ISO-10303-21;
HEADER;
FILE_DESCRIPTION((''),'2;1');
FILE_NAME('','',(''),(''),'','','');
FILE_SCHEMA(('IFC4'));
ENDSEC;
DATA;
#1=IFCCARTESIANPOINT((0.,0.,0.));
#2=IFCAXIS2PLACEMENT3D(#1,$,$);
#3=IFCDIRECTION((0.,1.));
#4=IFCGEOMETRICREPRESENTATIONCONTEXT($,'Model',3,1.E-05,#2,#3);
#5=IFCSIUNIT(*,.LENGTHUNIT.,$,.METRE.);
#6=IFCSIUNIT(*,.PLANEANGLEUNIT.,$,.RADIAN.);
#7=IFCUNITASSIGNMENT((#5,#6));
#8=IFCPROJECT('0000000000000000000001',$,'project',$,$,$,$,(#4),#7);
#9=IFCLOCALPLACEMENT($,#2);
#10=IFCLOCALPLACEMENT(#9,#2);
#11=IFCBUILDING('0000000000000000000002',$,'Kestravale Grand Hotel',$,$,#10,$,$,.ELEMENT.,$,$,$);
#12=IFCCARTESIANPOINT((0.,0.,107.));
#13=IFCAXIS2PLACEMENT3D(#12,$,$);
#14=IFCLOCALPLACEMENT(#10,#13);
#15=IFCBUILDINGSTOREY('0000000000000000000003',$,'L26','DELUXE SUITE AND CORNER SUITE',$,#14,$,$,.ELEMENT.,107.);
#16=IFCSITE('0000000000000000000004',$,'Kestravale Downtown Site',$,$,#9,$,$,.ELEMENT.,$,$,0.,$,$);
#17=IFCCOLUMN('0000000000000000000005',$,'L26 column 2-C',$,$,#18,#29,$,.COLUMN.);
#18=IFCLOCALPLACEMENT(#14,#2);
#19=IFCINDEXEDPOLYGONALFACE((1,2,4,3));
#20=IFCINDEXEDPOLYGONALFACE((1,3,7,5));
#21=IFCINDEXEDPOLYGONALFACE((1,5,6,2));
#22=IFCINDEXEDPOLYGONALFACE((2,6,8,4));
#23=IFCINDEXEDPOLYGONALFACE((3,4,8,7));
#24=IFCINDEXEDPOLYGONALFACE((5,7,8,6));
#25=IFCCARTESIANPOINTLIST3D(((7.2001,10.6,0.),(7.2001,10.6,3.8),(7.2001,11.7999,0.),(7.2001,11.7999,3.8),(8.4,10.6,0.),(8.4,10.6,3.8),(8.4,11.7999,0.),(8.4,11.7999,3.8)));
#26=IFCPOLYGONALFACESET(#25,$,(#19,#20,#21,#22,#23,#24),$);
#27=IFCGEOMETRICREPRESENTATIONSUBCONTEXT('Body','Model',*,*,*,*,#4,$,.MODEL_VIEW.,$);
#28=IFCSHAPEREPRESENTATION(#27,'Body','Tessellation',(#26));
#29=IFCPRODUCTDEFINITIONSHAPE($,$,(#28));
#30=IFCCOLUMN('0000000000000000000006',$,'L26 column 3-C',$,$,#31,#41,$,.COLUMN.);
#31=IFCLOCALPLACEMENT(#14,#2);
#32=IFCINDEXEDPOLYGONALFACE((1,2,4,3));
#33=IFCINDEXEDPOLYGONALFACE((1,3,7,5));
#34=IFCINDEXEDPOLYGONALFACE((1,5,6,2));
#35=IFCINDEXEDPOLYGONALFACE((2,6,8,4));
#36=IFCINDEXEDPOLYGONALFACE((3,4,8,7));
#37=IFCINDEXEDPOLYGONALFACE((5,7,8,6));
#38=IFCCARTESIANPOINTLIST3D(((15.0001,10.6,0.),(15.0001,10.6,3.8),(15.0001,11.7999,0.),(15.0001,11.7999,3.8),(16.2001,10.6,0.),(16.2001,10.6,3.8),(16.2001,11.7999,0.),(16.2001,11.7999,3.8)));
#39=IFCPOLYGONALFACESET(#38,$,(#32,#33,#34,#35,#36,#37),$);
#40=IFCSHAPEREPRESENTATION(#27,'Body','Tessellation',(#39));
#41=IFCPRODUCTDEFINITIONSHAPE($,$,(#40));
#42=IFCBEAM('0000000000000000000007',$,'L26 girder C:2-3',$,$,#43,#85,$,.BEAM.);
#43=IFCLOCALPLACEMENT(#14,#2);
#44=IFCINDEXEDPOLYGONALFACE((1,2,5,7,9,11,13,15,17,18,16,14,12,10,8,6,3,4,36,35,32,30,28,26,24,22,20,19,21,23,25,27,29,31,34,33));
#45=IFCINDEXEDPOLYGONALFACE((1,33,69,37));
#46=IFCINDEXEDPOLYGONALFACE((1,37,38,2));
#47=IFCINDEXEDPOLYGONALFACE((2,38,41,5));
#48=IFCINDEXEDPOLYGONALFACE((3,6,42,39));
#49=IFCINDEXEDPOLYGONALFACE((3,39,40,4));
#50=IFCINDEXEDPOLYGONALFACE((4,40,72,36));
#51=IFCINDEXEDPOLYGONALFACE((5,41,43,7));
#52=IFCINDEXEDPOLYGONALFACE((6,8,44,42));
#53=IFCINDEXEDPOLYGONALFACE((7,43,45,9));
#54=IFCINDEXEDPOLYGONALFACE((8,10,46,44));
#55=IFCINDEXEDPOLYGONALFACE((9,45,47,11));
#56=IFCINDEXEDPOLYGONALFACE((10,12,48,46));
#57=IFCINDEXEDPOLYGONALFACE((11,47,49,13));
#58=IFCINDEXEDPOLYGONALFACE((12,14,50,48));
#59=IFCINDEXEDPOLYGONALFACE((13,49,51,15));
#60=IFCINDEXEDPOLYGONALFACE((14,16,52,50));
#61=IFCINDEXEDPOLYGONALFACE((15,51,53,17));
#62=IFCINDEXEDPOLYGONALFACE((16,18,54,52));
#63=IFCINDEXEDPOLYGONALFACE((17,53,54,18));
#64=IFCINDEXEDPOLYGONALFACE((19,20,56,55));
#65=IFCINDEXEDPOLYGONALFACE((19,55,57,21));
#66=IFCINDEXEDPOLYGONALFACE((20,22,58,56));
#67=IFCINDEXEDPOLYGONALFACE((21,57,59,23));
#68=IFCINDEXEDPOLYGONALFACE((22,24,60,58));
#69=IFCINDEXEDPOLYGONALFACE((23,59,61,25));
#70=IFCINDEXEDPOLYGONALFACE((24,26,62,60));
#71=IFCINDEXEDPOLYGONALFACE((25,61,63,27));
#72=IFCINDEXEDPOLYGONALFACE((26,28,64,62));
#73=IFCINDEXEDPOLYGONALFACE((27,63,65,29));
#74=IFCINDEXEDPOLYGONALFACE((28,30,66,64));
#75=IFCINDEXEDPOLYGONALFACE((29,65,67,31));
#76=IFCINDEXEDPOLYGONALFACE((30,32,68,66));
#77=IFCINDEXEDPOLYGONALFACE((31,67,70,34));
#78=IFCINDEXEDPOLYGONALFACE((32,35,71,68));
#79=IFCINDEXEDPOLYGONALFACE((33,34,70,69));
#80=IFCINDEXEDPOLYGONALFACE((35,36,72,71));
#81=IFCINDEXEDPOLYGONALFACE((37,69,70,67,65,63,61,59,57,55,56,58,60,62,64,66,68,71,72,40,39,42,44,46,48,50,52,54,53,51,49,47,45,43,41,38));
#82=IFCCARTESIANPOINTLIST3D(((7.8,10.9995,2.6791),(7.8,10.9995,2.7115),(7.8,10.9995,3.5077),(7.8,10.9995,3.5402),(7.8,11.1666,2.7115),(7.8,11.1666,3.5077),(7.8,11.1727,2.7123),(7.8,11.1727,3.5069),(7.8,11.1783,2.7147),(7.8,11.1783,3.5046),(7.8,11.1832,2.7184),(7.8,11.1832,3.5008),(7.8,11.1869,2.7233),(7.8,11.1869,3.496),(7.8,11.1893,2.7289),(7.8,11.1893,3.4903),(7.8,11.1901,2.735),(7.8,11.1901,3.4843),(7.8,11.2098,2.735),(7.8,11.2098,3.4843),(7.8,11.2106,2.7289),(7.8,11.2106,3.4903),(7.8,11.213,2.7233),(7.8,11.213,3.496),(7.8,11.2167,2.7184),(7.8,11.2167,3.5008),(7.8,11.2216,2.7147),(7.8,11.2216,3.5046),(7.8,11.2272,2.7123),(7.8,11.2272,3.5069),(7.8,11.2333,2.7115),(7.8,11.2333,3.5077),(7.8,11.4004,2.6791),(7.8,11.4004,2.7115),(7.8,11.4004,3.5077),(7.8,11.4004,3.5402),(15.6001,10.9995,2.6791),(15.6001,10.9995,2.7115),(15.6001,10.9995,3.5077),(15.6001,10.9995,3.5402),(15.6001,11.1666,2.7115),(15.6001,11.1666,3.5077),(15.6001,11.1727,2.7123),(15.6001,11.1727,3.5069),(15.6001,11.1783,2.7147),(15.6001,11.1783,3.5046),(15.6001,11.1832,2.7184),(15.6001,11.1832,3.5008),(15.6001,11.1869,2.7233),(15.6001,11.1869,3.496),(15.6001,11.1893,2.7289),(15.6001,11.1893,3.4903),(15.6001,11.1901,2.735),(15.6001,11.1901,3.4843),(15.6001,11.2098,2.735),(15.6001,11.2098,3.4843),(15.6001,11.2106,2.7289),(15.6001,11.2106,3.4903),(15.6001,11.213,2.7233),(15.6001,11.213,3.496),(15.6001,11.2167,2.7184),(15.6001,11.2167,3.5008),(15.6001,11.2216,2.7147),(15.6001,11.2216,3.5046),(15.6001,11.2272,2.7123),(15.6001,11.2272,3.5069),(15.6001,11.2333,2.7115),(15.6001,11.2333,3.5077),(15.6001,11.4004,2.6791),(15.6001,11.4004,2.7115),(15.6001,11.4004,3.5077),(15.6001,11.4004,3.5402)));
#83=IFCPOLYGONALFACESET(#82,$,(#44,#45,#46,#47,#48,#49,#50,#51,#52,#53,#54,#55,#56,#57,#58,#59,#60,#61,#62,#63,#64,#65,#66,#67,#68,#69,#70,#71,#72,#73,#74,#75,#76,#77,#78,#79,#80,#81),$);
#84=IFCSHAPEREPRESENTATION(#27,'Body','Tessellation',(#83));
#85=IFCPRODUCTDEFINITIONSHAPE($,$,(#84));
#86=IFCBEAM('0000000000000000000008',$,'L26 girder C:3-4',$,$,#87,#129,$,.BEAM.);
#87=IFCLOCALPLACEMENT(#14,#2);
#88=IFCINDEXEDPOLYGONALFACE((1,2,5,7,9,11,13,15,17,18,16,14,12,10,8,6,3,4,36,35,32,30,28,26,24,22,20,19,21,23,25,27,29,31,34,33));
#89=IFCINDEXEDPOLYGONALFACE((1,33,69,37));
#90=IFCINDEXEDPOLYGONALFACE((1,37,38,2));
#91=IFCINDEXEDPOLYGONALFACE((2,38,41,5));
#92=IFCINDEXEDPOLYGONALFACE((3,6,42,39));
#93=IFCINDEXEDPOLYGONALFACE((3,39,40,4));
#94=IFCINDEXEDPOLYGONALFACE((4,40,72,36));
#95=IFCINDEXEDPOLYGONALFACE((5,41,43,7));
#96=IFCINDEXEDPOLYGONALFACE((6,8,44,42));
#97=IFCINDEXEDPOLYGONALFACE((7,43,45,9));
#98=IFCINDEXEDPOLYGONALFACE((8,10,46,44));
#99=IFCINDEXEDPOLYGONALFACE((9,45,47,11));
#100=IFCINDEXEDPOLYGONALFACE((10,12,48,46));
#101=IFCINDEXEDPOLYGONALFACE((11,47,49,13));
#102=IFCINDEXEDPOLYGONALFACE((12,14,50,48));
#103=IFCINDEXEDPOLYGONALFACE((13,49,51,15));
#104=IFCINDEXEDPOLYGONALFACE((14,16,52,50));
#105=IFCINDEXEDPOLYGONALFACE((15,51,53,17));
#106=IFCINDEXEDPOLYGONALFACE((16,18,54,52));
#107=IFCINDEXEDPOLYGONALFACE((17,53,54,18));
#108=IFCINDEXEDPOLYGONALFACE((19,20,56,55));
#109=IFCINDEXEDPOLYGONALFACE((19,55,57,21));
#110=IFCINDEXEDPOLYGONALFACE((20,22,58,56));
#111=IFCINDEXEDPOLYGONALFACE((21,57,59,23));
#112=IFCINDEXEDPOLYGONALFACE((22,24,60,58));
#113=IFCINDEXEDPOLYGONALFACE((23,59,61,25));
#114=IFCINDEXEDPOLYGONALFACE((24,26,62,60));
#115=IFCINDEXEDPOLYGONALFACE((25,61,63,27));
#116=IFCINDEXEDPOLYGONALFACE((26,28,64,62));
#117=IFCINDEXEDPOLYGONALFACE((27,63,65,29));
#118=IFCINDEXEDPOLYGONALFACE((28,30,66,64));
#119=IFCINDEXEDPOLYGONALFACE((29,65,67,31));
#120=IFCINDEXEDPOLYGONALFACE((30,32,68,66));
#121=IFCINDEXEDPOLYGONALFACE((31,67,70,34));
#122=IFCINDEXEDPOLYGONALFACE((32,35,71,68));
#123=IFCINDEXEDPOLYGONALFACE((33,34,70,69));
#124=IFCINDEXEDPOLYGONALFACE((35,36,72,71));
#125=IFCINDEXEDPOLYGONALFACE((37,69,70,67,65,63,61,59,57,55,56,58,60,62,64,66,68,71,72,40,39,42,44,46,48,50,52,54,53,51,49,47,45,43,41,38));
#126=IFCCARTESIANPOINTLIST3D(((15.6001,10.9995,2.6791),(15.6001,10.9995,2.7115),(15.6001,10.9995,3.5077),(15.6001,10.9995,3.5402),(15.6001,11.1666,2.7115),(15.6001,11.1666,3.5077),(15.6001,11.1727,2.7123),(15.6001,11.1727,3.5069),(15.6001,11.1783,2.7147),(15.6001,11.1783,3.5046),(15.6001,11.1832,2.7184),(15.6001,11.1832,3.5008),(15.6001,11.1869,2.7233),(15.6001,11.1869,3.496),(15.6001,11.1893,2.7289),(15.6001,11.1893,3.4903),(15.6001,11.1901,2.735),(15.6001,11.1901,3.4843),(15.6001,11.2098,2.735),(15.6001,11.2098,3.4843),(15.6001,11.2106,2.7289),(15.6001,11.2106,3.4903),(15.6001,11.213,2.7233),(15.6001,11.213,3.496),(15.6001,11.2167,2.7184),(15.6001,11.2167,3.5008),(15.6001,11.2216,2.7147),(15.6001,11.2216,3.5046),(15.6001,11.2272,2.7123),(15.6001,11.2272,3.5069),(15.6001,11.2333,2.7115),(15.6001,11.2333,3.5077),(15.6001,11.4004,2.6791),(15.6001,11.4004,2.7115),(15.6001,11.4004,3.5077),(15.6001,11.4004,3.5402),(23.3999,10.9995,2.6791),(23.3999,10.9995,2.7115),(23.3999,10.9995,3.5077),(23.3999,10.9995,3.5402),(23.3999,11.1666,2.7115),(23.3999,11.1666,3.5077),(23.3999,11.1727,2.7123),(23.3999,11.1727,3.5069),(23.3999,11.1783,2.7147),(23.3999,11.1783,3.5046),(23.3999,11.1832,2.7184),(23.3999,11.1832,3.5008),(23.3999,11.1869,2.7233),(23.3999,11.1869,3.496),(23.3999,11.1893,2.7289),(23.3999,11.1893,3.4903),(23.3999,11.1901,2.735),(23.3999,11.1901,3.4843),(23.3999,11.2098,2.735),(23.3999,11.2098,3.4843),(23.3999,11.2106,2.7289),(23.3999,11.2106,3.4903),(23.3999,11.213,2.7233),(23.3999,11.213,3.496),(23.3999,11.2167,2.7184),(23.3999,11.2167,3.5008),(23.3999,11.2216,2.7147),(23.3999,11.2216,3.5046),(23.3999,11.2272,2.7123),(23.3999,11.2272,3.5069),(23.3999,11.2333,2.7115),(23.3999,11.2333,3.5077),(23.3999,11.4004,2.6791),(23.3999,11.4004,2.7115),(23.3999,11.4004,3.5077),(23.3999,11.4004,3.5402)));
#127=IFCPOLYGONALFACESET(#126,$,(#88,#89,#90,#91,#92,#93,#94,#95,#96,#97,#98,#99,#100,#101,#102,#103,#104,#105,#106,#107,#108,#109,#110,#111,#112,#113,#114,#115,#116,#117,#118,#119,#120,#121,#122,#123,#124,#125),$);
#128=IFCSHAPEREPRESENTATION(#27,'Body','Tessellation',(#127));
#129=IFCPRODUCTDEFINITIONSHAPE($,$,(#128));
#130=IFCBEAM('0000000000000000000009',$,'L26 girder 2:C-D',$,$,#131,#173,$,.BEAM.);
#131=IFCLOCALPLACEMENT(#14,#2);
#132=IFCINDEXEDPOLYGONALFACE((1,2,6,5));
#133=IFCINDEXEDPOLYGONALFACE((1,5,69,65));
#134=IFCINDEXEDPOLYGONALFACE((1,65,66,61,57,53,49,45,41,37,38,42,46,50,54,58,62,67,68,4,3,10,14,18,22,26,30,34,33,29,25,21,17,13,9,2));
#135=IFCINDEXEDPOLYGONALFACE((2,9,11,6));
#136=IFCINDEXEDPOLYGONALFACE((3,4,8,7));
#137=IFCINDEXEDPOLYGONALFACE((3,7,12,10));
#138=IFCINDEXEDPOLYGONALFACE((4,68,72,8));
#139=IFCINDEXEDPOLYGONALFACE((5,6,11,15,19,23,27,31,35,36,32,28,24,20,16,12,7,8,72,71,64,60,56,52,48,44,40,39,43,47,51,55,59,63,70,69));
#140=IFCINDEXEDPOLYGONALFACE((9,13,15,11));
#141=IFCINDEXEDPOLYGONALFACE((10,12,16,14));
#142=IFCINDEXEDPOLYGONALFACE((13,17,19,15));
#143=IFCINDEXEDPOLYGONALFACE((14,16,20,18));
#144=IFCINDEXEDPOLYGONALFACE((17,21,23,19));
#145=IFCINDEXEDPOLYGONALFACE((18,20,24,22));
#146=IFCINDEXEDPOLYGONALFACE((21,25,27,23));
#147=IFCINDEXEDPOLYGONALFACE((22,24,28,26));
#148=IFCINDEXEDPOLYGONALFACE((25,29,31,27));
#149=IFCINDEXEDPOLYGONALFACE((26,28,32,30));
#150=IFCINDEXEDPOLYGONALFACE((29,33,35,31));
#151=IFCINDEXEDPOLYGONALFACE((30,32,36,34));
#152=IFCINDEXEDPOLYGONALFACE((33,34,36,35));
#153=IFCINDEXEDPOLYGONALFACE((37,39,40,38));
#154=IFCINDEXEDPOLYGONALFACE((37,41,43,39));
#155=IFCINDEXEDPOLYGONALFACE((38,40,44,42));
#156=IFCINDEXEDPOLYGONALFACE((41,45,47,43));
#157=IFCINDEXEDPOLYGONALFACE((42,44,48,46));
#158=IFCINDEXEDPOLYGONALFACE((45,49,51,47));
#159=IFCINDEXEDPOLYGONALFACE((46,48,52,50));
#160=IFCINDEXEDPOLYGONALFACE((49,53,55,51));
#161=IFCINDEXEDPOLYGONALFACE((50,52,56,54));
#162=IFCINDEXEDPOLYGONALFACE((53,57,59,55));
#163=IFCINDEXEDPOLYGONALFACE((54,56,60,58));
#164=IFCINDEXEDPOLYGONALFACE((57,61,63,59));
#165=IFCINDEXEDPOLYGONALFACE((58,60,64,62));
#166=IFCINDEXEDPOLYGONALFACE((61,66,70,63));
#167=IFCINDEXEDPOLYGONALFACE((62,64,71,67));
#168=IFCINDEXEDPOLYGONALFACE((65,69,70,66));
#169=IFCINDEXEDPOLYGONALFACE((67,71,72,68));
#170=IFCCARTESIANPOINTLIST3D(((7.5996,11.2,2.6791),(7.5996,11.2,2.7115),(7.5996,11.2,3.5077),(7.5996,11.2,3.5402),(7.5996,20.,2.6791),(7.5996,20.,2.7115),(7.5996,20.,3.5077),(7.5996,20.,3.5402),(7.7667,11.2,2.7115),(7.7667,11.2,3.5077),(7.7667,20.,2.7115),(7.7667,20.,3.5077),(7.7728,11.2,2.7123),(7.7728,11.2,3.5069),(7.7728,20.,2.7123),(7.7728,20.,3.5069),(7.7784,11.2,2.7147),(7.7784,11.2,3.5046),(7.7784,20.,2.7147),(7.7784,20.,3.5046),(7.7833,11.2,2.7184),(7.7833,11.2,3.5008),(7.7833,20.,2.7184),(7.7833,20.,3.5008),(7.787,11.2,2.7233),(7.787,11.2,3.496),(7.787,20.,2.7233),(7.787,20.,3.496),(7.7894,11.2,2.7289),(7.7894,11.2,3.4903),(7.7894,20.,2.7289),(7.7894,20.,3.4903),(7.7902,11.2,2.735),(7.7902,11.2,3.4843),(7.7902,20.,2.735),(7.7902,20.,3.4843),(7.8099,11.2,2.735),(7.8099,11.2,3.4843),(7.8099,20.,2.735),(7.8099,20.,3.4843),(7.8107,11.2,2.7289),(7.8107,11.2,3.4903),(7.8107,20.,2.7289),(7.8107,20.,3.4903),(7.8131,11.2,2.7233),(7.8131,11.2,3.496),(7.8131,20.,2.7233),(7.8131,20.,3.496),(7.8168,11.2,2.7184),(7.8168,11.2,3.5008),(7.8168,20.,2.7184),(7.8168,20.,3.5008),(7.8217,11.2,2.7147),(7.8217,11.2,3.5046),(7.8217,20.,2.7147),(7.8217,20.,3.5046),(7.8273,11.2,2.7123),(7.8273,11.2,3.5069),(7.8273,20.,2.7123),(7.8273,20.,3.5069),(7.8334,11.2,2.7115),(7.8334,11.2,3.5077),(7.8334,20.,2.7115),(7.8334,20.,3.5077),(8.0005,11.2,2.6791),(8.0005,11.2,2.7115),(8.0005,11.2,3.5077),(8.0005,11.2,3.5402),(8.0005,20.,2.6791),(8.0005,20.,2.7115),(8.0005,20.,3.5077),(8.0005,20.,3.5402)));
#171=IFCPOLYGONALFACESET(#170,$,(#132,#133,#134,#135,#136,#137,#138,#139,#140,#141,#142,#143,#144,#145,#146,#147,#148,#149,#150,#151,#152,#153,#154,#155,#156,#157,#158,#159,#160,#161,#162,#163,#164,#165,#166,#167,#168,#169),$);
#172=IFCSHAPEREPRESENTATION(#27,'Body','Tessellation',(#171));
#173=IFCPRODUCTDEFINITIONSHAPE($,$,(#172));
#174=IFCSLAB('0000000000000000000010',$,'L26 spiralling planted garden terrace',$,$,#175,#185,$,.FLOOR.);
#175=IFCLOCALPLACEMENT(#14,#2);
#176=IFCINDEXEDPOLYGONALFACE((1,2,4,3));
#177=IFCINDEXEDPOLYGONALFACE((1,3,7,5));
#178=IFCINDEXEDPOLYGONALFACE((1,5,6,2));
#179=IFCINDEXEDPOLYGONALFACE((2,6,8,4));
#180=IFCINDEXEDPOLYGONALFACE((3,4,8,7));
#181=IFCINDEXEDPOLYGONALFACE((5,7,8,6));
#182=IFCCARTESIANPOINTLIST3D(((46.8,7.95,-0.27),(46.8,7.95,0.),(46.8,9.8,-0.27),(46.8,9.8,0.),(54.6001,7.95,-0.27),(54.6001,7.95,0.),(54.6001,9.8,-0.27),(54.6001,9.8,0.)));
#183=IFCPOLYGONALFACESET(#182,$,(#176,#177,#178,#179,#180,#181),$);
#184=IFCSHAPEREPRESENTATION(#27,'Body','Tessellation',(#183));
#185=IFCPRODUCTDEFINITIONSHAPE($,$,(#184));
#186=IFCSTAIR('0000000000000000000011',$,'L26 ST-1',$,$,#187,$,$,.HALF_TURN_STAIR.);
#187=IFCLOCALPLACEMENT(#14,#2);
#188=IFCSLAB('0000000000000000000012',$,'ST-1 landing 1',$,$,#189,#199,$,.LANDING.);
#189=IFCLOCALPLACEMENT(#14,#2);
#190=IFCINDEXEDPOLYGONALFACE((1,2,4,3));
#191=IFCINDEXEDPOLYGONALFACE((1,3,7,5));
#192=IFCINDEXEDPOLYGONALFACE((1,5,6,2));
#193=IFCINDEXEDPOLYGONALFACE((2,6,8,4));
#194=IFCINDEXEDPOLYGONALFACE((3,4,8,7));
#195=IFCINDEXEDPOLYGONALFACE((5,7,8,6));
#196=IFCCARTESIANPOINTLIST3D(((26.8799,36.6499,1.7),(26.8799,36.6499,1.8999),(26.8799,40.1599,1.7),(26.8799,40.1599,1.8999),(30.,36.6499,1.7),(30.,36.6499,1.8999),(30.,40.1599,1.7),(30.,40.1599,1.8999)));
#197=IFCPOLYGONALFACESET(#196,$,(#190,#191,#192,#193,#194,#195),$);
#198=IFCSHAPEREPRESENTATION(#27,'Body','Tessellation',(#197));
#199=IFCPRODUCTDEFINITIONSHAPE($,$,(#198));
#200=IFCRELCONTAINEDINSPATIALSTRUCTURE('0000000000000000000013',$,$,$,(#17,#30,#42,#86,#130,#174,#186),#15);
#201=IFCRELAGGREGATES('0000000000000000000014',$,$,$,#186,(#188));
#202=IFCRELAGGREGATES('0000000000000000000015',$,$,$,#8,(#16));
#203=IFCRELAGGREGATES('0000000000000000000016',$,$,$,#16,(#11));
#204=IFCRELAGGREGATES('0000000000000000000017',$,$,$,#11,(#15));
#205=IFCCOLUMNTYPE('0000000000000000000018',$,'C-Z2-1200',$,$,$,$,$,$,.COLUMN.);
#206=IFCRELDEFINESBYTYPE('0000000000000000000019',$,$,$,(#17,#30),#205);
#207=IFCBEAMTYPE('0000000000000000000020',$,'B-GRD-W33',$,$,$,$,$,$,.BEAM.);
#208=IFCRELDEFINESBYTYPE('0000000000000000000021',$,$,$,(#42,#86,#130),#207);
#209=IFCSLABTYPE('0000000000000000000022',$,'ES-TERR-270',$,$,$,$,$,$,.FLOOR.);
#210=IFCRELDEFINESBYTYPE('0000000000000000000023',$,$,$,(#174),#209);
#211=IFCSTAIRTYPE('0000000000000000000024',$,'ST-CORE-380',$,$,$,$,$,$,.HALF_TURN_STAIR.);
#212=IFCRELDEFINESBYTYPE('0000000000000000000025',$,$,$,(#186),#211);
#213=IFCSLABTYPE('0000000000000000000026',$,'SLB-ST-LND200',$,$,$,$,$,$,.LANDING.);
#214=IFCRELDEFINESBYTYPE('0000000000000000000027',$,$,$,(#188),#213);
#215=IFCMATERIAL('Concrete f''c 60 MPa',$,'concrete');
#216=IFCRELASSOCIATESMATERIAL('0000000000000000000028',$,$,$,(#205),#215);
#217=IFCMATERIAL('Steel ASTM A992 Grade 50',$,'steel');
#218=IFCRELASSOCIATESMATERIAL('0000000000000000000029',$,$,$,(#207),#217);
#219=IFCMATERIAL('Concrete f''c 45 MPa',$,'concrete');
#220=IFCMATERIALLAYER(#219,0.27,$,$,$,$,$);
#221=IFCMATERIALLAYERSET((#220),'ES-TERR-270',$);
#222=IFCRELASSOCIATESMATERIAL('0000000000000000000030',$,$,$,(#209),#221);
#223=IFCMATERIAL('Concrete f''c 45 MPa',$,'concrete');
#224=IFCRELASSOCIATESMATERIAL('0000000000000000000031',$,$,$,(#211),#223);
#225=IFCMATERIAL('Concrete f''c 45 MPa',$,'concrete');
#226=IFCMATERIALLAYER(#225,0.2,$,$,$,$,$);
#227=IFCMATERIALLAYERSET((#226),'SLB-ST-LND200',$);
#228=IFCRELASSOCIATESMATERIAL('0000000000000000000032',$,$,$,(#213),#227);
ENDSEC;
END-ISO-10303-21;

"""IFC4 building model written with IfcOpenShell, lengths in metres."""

from ifc_helpers import new_model, si_unit, direction, frame, origin, origin_2d, place, context, subcontext, project, spatial, polyline, rectangle, i_section, outline, extrude, material, layer, layer_set, material_profile, profile_set, type_object, element, aggregate, save


model = new_model("IFC4")

# Units and contexts
model_context = context("Model", 3, precision=1e-05, world=origin(), true_north=direction((0.0, 1.0)))
body_context = subcontext(model_context, "Body", "Model", "MODEL_VIEW")
ifc_project = project(units=[si_unit("LENGTHUNIT", "METRE"), si_unit("PLANEANGLEUNIT", "RADIAN")], contexts=[model_context])

# Site, building, storey
site_placement = place(None, origin())
site = spatial("IfcSite", under=ifc_project, at=site_placement, Name="Kestravale Downtown Site", CompositionType="ELEMENT", RefElevation=0.0)
building_placement = place(site_placement, origin())
building = spatial("IfcBuilding", under=site, at=building_placement, Name="Kestravale Grand Hotel", CompositionType="ELEMENT")
storey_placement = place(building_placement, frame((0.0, 0.0, 107.0)))
storey = spatial("IfcBuildingStorey", under=building, at=storey_placement, Name="L26", Description="DELUXE SUITE AND CORNER SUITE", CompositionType="ELEMENT", Elevation=107.0)

# Columns
ifc_material_1 = material(Name="Concrete f'c 60 MPa", Category="concrete")
ifc_material_profile_1 = material_profile(ifc_material_1, rectangle(XDim=1.2, YDim=1.2, at=origin_2d()))
ifc_profile_set_1 = profile_set([ifc_material_profile_1], Name="Concrete f'c 60 MPa")
column_type = type_object("IfcColumnType", Name="C-Z2-1200", PredefinedType="COLUMN", material=ifc_profile_set_1)
for number, where, z_axis, x_axis, name in (
    (1, (7.8, 11.2, 0.0), (0.0, 0.0, 1.0), (1.0, 0.0, 0.0), "L26 column 2-C"),
    (2, (15.6001, 11.2, 0.0), (0.0, 0.0, 1.0), (1.0, 0.0, 0.0), "L26 column 3-C"),
):
    element("IfcColumn", number, at=place(storey_placement, frame(where, z_axis=z_axis, x_axis=x_axis)), inside=storey, type_object=column_type, Name=name, PredefinedType="COLUMN", context=body_context, shape_type="SweptSolid", body=[
        extrude(rectangle(XDim=1.2, YDim=1.2, at=origin_2d()), origin(), (0.0, 0.0, 1.0), 3.8),
    ])

# Beams
ifc_material_2 = material(Name="Steel ASTM A992 Grade 50", Category="steel")
ifc_material_profile_2 = material_profile(ifc_material_2, i_section(OverallWidth=0.4009, OverallDepth=0.8611, WebThickness=0.0198, FlangeThickness=0.0325, FilletRadius=0.0234, at=origin_2d()))
ifc_profile_set_2 = profile_set([ifc_material_profile_2], Name="Steel ASTM A992 Grade 50")
beam_type = type_object("IfcBeamType", Name="B-GRD-W33", PredefinedType="BEAM", material=ifc_profile_set_2)
beam_1_placement = place(storey_placement, frame((7.8, 11.2, 3.1096), z_axis=(1.0, 0.0, 0.0), x_axis=(0.0, 1.0, 0.0)))
element("IfcBeam", 3, at=beam_1_placement, inside=storey, type_object=beam_type, Name="L26 girder C:2-3", PredefinedType="BEAM", context=body_context, shape_type="SweptSolid", body=[
    extrude(i_section(OverallWidth=0.4009, OverallDepth=0.8611, WebThickness=0.0198, FlangeThickness=0.0325, FilletRadius=0.0234, at=origin_2d()), origin(), (0.0, 0.0, 1.0), 7.8),
])
beam_2_placement = place(storey_placement, frame((15.6001, 11.2, 3.1096), z_axis=(1.0, 0.0, 0.0), x_axis=(0.0, 1.0, 0.0)))
element("IfcBeam", 4, at=beam_2_placement, inside=storey, type_object=beam_type, Name="L26 girder C:3-4", PredefinedType="BEAM", context=body_context, shape_type="SweptSolid", body=[
    extrude(i_section(OverallWidth=0.4009, OverallDepth=0.8611, WebThickness=0.0198, FlangeThickness=0.0325, FilletRadius=0.0234, at=origin_2d()), origin(), (0.0, 0.0, 1.0), 7.7998),
])
beam_3_placement = place(storey_placement, frame((7.8, 11.2, 3.1096), z_axis=(0.0, 1.0, 0.0), x_axis=(-1.0, 0.0, 0.0)))
element("IfcBeam", 5, at=beam_3_placement, inside=storey, type_object=beam_type, Name="L26 girder 2:C-D", PredefinedType="BEAM", context=body_context, shape_type="SweptSolid", body=[
    extrude(i_section(OverallWidth=0.4009, OverallDepth=0.8611, WebThickness=0.0198, FlangeThickness=0.0325, FilletRadius=0.0234, at=origin_2d()), origin(), (0.0, 0.0, 1.0), 8.8),
])

# Slab
ifc_material_3 = material(Name="Concrete f'c 45 MPa", Category="concrete")
ifc_layer_1 = layer(ifc_material_3, 0.27)
ifc_layer_set_1 = layer_set([ifc_layer_1], Name="ES-TERR-270")
slab_type_1 = type_object("IfcSlabType", Name="ES-TERR-270", PredefinedType="FLOOR", material=ifc_layer_set_1)
slab_1_placement = place(storey_placement, frame((0.0, 0.0, -0.27)))
element("IfcSlab", 6, at=slab_1_placement, inside=storey, type_object=slab_type_1, Name="L26 spiralling planted garden terrace", PredefinedType="FLOOR", context=body_context, shape_type="SweptSolid", body=[
    extrude(outline(polyline([(46.8, 7.95), (54.6001, 7.95), (54.6001, 9.8), (46.8, 9.8), (46.8, 7.95)])), origin(), (0.0, 0.0, 1.0), 0.27),
])

# Stair, slab
ifc_material_4 = material(Name="Concrete f'c 45 MPa", Category="concrete")
stair_type = type_object("IfcStairType", Name="ST-CORE-380", PredefinedType="HALF_TURN_STAIR", material=ifc_material_4)
stair_1_placement = place(storey_placement, origin())
stair_1 = element("IfcStair", 7, at=stair_1_placement, inside=storey, type_object=stair_type, Name="L26 ST-1", PredefinedType="HALF_TURN_STAIR")
ifc_material_5 = material(Name="Concrete f'c 45 MPa", Category="concrete")
ifc_layer_2 = layer(ifc_material_5, 0.2)
ifc_layer_set_2 = layer_set([ifc_layer_2], Name="SLB-ST-LND200")
slab_type_2 = type_object("IfcSlabType", Name="SLB-ST-LND200", PredefinedType="LANDING", material=ifc_layer_set_2)
slab_2_placement = place(storey_placement, frame((0.0, 0.0, 1.7)))
slab_2 = element("IfcSlab", 8, at=slab_2_placement, type_object=slab_type_2, Name="ST-1 landing 1", PredefinedType="LANDING", context=body_context, shape_type="SweptSolid", body=[
    extrude(outline(polyline([(26.8799, 36.6499), (30.0, 36.6499), (30.0, 40.1599), (26.8799, 40.1599), (26.8799, 36.6499)])), origin(), (0.0, 0.0, 1.0), 0.2),
])
aggregate(stair_1, [slab_2])

save(model, "model.ifc")
